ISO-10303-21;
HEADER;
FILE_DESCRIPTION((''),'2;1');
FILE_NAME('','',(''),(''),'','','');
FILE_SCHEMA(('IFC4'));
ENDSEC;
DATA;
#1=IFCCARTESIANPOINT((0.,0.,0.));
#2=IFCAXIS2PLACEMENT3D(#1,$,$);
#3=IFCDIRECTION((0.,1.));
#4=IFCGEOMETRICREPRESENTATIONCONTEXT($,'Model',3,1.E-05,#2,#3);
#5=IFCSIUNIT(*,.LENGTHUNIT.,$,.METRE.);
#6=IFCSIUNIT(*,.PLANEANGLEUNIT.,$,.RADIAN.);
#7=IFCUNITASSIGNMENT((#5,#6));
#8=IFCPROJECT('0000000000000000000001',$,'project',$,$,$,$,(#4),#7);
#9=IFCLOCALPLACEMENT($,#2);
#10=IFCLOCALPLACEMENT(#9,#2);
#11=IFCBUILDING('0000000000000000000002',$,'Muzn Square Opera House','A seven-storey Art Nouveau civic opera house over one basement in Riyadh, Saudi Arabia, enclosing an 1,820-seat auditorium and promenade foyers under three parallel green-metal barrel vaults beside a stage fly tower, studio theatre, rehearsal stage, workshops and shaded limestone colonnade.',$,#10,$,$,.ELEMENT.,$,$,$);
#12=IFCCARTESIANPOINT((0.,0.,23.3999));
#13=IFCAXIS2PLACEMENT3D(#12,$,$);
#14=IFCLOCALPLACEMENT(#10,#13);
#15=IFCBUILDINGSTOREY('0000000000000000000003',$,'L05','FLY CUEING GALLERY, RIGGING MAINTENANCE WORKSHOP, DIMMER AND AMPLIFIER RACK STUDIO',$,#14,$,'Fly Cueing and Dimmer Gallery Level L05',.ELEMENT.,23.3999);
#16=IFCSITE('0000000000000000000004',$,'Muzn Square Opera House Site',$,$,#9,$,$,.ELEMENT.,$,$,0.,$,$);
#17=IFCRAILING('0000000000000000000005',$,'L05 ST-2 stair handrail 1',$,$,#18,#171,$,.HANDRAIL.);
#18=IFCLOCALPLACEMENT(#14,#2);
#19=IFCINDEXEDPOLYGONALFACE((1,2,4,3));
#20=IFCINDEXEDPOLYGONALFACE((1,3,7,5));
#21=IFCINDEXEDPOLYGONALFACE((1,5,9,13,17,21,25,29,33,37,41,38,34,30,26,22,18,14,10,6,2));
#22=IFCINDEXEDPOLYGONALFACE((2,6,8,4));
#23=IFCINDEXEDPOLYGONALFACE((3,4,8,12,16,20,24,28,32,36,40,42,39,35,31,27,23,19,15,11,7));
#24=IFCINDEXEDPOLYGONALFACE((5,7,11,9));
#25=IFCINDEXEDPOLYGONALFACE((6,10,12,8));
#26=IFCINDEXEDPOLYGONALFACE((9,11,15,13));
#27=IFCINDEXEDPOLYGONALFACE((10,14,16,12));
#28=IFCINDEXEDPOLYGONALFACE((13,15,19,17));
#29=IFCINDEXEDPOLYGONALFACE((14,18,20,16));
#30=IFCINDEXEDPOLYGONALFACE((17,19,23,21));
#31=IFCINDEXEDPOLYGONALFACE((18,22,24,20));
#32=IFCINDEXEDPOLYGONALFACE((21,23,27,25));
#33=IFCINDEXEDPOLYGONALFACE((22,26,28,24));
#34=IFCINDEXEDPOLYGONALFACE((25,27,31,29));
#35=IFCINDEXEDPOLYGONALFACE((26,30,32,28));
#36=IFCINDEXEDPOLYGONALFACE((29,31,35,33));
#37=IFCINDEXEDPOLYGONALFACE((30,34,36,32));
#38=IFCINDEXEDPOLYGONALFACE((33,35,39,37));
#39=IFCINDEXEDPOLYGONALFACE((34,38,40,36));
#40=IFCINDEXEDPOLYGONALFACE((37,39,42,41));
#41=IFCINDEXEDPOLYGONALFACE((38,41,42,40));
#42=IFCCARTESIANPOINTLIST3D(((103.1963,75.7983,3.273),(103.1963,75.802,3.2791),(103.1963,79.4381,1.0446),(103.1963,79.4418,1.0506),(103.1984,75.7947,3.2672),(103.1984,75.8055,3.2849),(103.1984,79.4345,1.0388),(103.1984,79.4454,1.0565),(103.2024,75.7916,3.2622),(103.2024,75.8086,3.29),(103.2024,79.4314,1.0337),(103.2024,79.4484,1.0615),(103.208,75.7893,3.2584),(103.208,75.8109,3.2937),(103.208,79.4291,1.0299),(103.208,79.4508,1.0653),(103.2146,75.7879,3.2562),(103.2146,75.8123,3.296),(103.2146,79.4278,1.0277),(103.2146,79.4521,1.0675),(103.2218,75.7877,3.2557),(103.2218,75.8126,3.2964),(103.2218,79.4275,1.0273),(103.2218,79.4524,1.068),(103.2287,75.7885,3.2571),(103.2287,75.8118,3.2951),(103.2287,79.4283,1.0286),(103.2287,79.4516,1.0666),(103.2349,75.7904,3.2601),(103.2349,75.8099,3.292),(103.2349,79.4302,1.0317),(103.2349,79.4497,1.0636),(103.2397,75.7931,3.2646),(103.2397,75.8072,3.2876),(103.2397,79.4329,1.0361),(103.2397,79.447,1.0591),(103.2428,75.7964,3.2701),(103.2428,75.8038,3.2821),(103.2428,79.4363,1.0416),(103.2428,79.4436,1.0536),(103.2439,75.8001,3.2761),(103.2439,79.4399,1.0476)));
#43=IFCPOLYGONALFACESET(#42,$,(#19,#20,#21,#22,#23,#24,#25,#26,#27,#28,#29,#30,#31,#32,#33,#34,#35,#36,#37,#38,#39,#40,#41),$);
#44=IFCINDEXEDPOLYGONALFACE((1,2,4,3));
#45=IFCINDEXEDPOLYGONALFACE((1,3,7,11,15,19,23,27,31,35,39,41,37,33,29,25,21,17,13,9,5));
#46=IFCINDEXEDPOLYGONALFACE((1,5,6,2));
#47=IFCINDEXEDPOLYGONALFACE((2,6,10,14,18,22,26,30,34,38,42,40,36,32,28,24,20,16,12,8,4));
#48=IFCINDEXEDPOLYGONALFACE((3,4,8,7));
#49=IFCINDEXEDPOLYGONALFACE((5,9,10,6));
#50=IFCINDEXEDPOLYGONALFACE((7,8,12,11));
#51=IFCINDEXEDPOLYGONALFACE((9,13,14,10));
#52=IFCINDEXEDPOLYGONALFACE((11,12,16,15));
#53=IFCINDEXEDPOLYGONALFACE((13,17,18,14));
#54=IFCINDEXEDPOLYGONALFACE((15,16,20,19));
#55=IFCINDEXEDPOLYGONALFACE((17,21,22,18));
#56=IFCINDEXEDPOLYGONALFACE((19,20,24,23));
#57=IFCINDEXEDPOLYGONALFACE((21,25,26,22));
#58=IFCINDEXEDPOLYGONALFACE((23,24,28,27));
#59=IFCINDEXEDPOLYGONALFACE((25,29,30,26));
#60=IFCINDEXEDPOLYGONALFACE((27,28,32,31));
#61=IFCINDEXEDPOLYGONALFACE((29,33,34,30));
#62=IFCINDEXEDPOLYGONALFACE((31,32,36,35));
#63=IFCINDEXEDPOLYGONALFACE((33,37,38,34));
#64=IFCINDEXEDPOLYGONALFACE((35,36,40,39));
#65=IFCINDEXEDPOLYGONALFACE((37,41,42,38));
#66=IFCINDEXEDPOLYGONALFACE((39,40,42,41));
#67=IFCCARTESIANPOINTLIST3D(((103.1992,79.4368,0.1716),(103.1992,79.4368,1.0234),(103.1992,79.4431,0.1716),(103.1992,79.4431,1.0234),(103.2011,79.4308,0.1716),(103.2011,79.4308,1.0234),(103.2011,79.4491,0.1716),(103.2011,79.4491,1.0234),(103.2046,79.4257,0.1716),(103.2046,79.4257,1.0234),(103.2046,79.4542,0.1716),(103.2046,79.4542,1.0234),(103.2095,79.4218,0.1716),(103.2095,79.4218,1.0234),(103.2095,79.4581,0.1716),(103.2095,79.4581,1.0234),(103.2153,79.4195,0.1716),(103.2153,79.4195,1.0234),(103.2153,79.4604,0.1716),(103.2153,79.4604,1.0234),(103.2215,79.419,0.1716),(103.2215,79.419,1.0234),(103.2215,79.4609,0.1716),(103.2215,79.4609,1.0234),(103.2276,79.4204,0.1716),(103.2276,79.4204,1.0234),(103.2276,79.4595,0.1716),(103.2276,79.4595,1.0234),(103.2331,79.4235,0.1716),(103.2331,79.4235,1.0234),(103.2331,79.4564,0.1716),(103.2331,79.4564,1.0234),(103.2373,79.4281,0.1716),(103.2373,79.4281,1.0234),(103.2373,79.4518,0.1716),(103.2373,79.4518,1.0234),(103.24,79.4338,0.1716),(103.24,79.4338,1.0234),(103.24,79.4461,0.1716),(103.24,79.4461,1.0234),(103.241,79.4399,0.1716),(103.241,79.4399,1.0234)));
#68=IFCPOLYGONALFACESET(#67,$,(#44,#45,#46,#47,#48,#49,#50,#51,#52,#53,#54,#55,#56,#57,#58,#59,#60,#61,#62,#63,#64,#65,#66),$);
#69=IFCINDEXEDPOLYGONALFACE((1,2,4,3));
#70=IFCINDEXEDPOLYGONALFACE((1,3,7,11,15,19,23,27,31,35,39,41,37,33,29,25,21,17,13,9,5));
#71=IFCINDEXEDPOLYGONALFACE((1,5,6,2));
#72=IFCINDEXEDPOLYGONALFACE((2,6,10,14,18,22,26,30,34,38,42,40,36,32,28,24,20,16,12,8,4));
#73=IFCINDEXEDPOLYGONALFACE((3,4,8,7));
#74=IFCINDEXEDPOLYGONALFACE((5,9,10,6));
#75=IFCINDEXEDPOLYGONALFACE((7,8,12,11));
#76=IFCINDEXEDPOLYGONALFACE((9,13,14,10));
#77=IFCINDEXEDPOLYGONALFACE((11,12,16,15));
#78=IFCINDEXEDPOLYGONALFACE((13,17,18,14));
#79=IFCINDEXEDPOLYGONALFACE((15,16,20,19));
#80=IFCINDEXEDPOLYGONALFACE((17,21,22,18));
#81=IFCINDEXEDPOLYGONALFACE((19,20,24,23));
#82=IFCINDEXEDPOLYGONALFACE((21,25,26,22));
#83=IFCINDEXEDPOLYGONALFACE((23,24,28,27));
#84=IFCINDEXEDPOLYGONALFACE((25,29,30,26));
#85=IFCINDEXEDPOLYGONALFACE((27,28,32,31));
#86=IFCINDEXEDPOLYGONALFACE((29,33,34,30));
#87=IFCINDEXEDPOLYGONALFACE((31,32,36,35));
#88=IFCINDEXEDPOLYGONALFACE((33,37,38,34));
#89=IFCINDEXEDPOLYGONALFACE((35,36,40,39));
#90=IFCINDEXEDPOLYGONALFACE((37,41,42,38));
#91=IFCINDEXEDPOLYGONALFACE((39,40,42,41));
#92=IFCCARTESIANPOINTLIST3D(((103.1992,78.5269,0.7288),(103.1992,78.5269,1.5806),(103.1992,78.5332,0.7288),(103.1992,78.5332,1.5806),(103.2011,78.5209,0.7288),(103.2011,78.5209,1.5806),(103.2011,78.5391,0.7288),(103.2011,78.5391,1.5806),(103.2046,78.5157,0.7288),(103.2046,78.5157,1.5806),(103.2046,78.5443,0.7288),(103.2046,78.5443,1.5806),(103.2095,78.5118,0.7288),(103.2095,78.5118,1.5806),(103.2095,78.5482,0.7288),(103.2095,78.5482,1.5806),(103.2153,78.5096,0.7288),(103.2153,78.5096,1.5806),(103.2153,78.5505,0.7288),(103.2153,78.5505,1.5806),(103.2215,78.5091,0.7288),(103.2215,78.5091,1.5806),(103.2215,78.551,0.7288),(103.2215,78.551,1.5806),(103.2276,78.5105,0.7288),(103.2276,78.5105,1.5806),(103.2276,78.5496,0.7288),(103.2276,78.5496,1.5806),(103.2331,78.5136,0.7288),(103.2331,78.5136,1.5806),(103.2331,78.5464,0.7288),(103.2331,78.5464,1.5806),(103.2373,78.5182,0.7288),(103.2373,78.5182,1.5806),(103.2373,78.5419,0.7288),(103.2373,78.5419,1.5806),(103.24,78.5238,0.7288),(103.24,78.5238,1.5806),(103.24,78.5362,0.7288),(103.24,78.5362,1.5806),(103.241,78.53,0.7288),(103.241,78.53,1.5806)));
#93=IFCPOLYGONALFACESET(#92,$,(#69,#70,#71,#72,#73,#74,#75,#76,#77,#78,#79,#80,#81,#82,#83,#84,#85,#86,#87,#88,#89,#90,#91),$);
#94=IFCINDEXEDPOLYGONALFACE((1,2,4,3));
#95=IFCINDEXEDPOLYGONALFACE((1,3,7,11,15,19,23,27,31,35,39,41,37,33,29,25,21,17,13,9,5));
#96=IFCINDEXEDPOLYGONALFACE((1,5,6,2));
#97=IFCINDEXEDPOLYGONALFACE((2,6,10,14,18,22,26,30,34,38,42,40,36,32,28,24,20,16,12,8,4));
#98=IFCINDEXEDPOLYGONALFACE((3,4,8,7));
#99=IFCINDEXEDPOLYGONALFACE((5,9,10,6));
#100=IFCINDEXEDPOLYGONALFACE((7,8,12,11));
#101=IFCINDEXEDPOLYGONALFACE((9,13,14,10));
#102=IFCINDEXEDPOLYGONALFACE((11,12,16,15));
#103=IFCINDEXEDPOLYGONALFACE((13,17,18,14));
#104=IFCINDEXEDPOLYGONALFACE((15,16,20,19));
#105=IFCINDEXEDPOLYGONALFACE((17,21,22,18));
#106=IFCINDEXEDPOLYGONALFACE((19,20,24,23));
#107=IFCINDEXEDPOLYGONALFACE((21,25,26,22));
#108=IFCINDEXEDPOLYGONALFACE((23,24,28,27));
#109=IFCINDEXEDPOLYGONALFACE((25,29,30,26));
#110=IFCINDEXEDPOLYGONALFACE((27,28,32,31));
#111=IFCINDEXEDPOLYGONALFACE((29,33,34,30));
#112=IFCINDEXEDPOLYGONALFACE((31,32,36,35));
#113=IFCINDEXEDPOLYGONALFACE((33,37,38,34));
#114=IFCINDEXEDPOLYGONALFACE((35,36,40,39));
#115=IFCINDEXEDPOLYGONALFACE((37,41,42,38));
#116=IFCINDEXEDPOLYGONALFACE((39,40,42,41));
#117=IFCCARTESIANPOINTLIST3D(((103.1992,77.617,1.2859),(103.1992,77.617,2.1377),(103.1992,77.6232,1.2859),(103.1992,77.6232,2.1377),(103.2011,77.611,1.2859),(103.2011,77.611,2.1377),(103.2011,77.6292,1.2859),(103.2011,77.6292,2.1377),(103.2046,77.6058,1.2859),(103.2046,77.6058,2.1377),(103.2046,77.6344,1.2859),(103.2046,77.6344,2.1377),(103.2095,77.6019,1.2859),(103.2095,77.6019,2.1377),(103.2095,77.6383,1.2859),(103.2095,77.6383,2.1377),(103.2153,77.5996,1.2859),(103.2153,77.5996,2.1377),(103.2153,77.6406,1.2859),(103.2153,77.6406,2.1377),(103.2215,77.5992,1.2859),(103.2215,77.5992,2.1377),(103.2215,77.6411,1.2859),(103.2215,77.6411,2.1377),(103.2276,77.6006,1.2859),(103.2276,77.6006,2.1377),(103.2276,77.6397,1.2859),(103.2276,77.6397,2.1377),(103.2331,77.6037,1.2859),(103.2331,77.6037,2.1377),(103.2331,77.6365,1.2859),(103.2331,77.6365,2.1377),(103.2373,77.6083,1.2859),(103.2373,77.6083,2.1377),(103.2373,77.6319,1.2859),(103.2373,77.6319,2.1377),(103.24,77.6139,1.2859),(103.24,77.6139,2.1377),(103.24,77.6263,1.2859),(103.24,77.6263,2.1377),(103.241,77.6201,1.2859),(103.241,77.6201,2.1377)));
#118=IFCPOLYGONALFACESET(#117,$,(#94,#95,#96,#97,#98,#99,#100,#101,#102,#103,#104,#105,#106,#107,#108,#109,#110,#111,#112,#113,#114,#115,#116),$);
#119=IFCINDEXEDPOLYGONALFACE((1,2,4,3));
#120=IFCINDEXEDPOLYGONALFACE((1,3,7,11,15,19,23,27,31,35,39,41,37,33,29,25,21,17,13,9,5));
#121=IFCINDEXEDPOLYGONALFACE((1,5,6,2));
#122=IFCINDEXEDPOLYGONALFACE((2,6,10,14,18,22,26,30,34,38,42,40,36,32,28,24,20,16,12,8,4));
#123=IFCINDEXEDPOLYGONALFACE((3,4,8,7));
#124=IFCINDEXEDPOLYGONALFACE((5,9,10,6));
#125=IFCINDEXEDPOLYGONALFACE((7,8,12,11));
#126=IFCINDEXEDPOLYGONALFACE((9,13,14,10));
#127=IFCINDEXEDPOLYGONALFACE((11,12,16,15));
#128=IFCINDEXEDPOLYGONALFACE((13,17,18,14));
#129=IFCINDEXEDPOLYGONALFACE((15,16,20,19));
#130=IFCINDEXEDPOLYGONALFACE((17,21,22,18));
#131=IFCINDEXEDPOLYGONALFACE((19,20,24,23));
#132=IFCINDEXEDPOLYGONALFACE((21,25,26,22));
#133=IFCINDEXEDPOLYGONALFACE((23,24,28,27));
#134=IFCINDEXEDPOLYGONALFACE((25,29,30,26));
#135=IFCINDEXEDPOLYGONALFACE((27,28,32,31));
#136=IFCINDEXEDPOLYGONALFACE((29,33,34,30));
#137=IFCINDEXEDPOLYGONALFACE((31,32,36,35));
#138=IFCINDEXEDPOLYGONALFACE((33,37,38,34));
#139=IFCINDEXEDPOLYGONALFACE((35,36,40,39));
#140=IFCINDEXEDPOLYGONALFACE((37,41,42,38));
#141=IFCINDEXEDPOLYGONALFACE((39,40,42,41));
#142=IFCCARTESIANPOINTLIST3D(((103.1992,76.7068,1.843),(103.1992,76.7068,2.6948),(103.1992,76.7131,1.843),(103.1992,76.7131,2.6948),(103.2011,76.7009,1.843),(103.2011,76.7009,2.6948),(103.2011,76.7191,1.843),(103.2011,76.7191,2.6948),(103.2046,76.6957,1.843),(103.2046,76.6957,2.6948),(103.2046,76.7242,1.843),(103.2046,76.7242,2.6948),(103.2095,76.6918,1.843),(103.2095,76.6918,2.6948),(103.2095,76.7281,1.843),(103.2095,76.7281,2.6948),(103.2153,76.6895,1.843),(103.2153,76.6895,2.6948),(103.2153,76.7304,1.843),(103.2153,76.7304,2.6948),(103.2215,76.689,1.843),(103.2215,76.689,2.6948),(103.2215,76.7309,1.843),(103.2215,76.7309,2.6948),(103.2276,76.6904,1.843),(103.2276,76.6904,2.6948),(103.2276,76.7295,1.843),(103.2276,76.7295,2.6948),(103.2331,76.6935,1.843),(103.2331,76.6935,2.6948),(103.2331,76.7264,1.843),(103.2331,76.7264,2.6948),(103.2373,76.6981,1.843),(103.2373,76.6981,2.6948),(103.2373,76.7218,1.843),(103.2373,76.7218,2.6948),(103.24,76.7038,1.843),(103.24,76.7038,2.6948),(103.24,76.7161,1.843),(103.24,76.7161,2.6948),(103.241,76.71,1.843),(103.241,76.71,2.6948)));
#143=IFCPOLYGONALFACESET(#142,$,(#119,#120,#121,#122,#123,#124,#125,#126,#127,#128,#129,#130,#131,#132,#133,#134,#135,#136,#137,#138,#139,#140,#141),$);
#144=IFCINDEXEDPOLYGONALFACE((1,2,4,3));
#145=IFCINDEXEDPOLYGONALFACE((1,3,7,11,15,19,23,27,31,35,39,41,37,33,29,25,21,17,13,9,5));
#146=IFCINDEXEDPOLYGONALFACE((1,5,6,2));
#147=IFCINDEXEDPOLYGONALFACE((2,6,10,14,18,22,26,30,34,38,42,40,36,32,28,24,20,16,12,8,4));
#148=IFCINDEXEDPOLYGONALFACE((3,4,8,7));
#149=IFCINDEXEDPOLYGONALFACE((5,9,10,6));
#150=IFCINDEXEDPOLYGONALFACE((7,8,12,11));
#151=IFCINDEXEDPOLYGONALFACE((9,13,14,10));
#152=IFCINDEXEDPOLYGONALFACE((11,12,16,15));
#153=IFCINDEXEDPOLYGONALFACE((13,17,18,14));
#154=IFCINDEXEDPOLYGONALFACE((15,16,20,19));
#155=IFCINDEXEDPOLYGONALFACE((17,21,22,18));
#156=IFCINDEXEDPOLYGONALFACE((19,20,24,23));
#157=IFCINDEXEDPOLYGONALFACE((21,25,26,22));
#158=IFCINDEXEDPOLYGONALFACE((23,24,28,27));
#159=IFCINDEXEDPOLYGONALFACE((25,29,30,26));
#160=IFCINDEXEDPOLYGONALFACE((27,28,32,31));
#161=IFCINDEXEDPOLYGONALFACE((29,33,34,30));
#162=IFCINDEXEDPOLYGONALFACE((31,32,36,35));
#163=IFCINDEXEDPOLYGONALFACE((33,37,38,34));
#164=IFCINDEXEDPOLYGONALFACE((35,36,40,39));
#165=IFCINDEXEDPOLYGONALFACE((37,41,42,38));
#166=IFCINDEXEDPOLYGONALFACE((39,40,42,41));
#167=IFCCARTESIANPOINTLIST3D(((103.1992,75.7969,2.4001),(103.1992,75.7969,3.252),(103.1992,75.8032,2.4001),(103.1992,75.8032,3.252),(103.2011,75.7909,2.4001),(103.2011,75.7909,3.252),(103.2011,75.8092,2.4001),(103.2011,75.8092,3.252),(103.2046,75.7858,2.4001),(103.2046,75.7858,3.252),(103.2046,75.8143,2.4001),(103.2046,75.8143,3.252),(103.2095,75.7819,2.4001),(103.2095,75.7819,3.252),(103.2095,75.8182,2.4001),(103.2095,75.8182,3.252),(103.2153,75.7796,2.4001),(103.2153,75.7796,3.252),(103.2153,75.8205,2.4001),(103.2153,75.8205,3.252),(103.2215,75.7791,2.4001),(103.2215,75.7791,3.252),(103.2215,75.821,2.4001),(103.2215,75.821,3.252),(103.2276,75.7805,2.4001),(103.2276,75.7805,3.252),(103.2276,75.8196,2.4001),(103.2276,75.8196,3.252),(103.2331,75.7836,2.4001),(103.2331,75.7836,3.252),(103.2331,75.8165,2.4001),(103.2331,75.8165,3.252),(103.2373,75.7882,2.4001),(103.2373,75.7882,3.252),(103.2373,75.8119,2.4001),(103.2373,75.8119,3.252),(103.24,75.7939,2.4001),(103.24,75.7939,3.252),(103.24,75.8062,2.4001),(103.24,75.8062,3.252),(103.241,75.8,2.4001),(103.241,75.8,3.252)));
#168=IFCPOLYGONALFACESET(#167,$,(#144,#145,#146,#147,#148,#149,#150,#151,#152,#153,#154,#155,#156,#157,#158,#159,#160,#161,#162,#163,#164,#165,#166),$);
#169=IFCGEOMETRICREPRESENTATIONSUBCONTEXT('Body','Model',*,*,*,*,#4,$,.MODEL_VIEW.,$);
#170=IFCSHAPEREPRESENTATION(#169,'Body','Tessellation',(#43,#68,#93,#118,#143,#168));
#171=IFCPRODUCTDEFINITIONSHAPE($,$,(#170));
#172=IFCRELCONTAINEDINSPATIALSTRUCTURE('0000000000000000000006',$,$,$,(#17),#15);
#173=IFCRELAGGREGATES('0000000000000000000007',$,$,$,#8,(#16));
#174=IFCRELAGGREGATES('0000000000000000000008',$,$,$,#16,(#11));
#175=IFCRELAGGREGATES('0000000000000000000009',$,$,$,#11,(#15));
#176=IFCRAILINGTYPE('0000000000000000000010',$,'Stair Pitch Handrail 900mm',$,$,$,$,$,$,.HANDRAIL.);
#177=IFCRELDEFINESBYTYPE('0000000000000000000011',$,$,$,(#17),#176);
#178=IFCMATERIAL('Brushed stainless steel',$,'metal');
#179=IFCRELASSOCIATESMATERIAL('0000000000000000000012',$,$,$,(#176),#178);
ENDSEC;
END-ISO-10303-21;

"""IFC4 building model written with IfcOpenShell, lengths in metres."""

from ifc_helpers import new_model, si_unit, direction, frame, origin, origin_2d, place, context, subcontext, project, spatial, circle, extrude, material, type_object, element, save


model = new_model("IFC4")

# Units and contexts
model_context = context("Model", 3, precision=1e-05, world=origin(), true_north=direction((0.0, 1.0)))
body_context = subcontext(model_context, "Body", "Model", "MODEL_VIEW")
ifc_project = project(units=[si_unit("LENGTHUNIT", "METRE"), si_unit("PLANEANGLEUNIT", "RADIAN")], contexts=[model_context])

# Site, building, storey
site_placement = place(None, origin())
site = spatial("IfcSite", under=ifc_project, at=site_placement, Name="Muzn Square Opera House Site", CompositionType="ELEMENT", RefElevation=0.0)
building_placement = place(site_placement, origin())
building = spatial("IfcBuilding", under=site, at=building_placement, Name="Muzn Square Opera House", Description="A seven-storey Art Nouveau civic opera house over one basement in Riyadh, Saudi Arabia, enclosing an 1,820-seat auditorium and promenade foyers under three parallel green-metal barrel vaults beside a stage fly tower, studio theatre, rehearsal stage, workshops and shaded limestone colonnade.", CompositionType="ELEMENT")
storey_placement = place(building_placement, frame((0.0, 0.0, 23.3999)))
storey = spatial("IfcBuildingStorey", under=building, at=storey_placement, Name="L05", Description="FLY CUEING GALLERY, RIGGING MAINTENANCE WORKSHOP, DIMMER AND AMPLIFIER RACK STUDIO", LongName="Fly Cueing and Dimmer Gallery Level L05", CompositionType="ELEMENT", Elevation=23.3999)

# Railing
ifc_material_1 = material(Name="Brushed stainless steel", Category="metal")
railing_type_1 = type_object("IfcRailingType", Name="Stair Pitch Handrail 900mm", PredefinedType="HANDRAIL", material=ifc_material_1)
railing_1_placement = place(storey_placement, frame((103.22, 79.4399, 0.1716)))
element("IfcRailing", 1, at=railing_1_placement, inside=storey, type_object=railing_type_1, Name="L05 ST-2 stair handrail 1", PredefinedType="HANDRAIL", context=body_context, shape_type="SweptSolid", body=[
    extrude(circle(Radius=0.0239, at=origin_2d()), frame((0.0, 0.0, 0.876), z_axis=(0.0, -0.85285, 0.522156), x_axis=(1.0, 0.0, 0.0)), (0.0, 0.0, 1.0), 4.2678),
    extrude(circle(Radius=0.021, at=origin_2d()), origin(), (0.0, 0.0, 1.0), 0.8518),
    extrude(circle(Radius=0.021, at=origin_2d()), frame((0.0, -0.9099, 0.5571)), (0.0, 0.0, 1.0), 0.8518),
    extrude(circle(Radius=0.021, at=origin_2d()), frame((0.0, -1.8198, 1.1143)), (0.0, 0.0, 1.0), 0.8518),
    extrude(circle(Radius=0.021, at=origin_2d()), frame((0.0, -2.73, 1.6714)), (0.0, 0.0, 1.0), 0.8518),
    extrude(circle(Radius=0.021, at=origin_2d()), frame((0.0, -3.6399, 2.2285)), (0.0, 0.0, 1.0), 0.8518),
])

save(model, "model.ifc")
